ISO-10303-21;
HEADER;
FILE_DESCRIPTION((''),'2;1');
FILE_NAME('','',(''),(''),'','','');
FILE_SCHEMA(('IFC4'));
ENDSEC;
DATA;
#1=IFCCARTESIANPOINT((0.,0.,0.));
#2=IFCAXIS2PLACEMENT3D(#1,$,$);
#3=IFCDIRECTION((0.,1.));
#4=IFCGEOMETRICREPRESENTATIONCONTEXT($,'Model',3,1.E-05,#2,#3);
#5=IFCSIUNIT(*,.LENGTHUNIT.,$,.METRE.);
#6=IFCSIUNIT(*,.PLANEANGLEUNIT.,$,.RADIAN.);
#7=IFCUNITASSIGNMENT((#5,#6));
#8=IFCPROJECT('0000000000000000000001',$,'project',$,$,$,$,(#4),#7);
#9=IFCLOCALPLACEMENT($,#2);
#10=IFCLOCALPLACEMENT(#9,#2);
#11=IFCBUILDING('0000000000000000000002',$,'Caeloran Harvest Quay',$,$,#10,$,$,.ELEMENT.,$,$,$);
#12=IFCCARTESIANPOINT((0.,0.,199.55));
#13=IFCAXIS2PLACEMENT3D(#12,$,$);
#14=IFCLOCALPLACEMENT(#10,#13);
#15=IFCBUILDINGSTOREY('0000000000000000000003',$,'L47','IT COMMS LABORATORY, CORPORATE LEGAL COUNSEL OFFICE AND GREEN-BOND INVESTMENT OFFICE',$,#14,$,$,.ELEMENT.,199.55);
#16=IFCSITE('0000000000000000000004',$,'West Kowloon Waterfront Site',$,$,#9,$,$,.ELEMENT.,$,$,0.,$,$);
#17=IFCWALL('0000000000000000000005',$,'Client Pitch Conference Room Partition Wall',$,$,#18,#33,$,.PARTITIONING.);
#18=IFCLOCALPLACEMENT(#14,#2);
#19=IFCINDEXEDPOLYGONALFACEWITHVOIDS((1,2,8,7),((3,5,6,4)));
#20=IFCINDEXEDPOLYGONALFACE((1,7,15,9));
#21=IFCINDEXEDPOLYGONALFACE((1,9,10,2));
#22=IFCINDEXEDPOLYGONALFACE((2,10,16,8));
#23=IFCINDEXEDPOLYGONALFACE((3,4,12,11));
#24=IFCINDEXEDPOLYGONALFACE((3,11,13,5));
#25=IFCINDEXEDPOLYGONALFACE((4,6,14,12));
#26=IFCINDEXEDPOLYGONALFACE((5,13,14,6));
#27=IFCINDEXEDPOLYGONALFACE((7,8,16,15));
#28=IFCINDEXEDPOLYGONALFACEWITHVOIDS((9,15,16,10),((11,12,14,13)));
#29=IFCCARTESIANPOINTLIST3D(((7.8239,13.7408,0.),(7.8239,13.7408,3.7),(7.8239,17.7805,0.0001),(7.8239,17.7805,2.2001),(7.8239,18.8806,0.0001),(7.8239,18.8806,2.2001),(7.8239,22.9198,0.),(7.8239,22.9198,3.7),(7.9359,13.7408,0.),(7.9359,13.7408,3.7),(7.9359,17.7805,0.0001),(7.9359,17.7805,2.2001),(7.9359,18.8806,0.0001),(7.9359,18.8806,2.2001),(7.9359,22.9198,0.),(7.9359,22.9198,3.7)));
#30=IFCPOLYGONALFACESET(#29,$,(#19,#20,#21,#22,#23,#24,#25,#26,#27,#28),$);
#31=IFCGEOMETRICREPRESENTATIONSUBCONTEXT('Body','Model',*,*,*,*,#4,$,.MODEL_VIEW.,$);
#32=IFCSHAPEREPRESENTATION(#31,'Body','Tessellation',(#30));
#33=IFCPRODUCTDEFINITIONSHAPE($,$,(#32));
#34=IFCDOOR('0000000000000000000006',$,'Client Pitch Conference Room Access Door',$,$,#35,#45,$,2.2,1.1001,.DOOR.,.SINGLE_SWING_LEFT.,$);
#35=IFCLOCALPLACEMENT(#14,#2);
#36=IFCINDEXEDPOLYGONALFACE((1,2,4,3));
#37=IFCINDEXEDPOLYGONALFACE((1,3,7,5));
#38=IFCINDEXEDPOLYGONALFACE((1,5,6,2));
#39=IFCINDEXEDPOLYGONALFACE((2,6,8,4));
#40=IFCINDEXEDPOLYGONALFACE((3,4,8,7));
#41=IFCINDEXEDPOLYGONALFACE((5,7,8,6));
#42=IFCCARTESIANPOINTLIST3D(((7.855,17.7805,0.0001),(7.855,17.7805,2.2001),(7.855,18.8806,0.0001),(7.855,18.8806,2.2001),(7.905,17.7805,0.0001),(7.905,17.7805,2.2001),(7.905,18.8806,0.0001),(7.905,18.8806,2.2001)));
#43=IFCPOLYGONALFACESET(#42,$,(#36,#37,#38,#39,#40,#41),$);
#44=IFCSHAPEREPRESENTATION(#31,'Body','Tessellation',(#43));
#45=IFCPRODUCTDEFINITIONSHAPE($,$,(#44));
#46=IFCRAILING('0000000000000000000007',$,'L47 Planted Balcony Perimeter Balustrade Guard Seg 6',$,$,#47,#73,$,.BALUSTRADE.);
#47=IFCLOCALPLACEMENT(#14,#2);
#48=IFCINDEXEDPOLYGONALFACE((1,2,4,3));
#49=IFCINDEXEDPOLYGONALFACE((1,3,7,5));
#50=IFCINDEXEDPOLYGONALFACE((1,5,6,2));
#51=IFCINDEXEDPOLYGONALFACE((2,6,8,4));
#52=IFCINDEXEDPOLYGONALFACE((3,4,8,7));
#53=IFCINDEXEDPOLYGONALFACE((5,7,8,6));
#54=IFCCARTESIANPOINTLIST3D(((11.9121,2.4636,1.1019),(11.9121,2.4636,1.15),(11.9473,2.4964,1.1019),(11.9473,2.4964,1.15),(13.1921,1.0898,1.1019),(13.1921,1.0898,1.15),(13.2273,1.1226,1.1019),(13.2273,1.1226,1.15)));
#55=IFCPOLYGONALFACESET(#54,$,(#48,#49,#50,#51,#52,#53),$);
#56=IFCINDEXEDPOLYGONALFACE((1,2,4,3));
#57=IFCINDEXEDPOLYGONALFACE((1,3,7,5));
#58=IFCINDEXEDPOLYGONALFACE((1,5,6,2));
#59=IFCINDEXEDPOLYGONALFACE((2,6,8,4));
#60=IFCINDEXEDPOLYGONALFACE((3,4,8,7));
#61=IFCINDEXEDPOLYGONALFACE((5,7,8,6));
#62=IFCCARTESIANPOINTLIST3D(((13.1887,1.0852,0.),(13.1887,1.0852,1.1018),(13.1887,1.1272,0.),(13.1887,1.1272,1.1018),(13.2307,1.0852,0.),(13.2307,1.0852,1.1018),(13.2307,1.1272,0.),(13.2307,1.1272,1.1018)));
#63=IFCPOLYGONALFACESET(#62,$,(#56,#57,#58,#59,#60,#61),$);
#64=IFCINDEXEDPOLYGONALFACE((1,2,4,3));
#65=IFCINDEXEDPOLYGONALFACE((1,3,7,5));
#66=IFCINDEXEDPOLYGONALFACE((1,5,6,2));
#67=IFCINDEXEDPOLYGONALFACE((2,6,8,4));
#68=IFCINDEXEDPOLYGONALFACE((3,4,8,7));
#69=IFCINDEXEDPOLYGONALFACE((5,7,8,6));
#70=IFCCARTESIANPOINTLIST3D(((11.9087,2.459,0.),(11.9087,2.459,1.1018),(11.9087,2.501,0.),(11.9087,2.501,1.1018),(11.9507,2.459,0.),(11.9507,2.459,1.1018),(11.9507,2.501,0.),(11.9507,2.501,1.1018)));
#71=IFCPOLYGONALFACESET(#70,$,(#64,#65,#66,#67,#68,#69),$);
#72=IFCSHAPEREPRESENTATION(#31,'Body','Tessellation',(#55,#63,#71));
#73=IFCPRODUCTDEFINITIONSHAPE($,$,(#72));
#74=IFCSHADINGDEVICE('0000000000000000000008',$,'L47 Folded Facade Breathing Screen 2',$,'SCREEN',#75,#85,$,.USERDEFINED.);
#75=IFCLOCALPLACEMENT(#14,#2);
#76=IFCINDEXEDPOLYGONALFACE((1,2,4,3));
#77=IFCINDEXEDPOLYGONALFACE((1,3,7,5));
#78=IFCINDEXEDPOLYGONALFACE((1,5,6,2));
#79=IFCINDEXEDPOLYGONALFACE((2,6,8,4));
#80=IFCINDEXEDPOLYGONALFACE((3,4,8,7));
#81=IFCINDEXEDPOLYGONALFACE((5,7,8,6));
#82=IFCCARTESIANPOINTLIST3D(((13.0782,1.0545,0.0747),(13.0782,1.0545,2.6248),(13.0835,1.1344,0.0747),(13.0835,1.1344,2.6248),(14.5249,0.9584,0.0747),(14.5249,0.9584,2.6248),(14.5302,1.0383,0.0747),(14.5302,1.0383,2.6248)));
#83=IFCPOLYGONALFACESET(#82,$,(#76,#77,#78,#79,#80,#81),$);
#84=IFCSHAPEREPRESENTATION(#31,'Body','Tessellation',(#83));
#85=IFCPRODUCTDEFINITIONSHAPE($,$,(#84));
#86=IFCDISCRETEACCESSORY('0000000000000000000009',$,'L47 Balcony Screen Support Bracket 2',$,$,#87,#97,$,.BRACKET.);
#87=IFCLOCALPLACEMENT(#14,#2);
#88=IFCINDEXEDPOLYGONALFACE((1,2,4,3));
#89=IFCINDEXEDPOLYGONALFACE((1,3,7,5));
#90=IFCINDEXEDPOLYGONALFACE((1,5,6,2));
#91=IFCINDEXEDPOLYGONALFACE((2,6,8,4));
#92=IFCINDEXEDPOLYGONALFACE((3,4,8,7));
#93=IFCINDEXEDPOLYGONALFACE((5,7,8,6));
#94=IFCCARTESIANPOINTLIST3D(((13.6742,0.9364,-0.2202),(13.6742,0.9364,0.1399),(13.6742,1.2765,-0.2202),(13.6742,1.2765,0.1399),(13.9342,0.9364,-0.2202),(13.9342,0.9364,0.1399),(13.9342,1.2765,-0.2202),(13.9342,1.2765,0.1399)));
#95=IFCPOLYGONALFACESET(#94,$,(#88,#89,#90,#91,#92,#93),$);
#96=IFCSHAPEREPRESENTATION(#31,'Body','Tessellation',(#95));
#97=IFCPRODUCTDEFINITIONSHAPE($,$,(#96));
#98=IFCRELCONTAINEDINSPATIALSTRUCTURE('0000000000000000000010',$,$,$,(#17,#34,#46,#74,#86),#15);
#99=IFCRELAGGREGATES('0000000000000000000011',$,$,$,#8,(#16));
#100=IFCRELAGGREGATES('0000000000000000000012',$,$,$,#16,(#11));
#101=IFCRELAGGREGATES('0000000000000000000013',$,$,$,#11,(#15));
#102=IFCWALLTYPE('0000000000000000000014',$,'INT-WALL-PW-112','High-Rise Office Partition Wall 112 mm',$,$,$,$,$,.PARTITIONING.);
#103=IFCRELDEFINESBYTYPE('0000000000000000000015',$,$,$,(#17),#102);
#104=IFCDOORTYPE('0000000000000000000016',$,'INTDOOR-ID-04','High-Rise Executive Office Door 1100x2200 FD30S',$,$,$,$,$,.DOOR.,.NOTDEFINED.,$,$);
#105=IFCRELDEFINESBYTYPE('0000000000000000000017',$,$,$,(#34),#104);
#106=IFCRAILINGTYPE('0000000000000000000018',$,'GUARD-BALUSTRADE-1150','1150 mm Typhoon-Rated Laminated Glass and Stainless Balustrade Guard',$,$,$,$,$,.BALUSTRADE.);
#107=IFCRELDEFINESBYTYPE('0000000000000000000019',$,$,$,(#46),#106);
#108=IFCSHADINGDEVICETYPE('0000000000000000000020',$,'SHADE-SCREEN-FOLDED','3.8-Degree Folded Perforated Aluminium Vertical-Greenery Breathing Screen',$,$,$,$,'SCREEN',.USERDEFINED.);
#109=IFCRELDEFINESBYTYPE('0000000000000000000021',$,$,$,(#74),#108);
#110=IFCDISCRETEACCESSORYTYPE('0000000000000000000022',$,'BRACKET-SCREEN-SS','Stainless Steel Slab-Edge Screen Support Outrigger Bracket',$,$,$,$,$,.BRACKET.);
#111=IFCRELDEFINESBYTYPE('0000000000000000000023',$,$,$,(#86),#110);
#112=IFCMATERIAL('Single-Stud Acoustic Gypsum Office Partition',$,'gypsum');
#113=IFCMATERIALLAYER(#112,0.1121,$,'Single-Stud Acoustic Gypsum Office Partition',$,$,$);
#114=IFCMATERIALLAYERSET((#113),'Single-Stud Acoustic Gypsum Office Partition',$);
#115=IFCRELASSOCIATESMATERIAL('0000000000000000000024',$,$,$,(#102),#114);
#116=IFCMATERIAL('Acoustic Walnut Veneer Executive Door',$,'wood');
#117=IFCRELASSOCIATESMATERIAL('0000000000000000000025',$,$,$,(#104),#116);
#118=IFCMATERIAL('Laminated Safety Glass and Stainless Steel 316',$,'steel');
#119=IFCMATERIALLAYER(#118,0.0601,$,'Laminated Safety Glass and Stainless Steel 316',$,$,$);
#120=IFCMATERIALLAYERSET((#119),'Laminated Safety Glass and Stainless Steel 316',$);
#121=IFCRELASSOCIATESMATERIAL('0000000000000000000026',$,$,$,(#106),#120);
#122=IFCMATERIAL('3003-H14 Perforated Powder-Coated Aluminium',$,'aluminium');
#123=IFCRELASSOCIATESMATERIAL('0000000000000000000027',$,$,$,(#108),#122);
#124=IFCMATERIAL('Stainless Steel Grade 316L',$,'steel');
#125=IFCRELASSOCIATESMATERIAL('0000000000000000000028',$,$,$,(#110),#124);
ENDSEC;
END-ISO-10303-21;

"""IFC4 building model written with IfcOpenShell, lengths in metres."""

from ifc_helpers import new_model, si_unit, direction, frame, frame_2d, origin, origin_2d, place, context, subcontext, project, spatial, rectangle, extrude, material, layer, layer_set, type_object, element, fill, save


model = new_model("IFC4")

# Units and contexts
model_context = context("Model", 3, precision=1e-05, world=origin(), true_north=direction((0.0, 1.0)))
body_context = subcontext(model_context, "Body", "Model", "MODEL_VIEW")
ifc_project = project(units=[si_unit("LENGTHUNIT", "METRE"), si_unit("PLANEANGLEUNIT", "RADIAN")], contexts=[model_context])

# Site, building, storey
site_placement = place(None, origin())
site = spatial("IfcSite", under=ifc_project, at=site_placement, Name="West Kowloon Waterfront Site", CompositionType="ELEMENT", RefElevation=0.0)
building_placement = place(site_placement, origin())
building = spatial("IfcBuilding", under=site, at=building_placement, Name="Caeloran Harvest Quay", CompositionType="ELEMENT")
storey_placement = place(building_placement, frame((0.0, 0.0, 199.55)))
storey = spatial("IfcBuildingStorey", under=building, at=storey_placement, Name="L47", Description="IT COMMS LABORATORY, CORPORATE LEGAL COUNSEL OFFICE AND GREEN-BOND INVESTMENT OFFICE", CompositionType="ELEMENT", Elevation=199.55)

# Shared definitions
ifc_material_1 = material(Name="Single-Stud Acoustic Gypsum Office Partition", Category="gypsum")
ifc_layer_1 = layer(ifc_material_1, 0.1121, Name="Single-Stud Acoustic Gypsum Office Partition")
ifc_layer_set_1 = layer_set([ifc_layer_1], Name="Single-Stud Acoustic Gypsum Office Partition")
wall_type_1 = type_object("IfcWallType", Name="INT-WALL-PW-112", Description="High-Rise Office Partition Wall 112 mm", PredefinedType="PARTITIONING", material=ifc_layer_set_1)

# Shared definitions
ifc_material_2 = material(Name="Acoustic Walnut Veneer Executive Door", Category="wood")
door_type = type_object("IfcDoorType", Name="INTDOOR-ID-04", Description="High-Rise Executive Office Door 1100x2200 FD30S", OperationType="NOTDEFINED", PredefinedType="DOOR", material=ifc_material_2)

# Wall, opening, door
wall_1_placement = place(storey_placement, frame((7.8799, 13.741, 0.0), z_axis=(0.0, 0.0, 1.0), x_axis=(0.0, 1.0, 0.0)))
wall_1 = element("IfcWall", 1, at=wall_1_placement, inside=storey, type_object=wall_type_1, Name="Client Pitch Conference Room Partition Wall", PredefinedType="PARTITIONING", context=body_context, shape_type="SweptSolid", body=[
    extrude(rectangle(XDim=9.179, YDim=0.1121, at=frame_2d((4.5894, 0.0))), origin(), (0.0, 0.0, 1.0), 3.7),
])
opening_1_placement = place(wall_1_placement, frame((4.0396, 0.0, 0.0)))
opening_1 = element("IfcOpeningElement", 2, at=opening_1_placement, cuts=wall_1, PredefinedType="OPENING", context=body_context, shape_type="SweptSolid", body=[
    extrude(rectangle(XDim=1.1001, YDim=2.2, at=frame_2d((0.55, 1.1001))), frame((0.0, 0.0659, 0.0), z_axis=(0.0, -1.0, 0.0), x_axis=(1.0, 0.0, 0.0)), (0.0, 0.0, 1.0), 0.1321),
])
door_1_placement = place(opening_1_placement, origin())
door_1 = element("IfcDoor", 3, at=door_1_placement, inside=storey, type_object=door_type, Name="Client Pitch Conference Room Access Door", OperationType="SINGLE_SWING_LEFT", OverallHeight=2.2, OverallWidth=1.1001, PredefinedType="DOOR", context=body_context, shape_type="SweptSolid", body=[
    extrude(rectangle(XDim=1.1001, YDim=2.2, at=frame_2d((0.55, 1.1001))), frame((0.0, 0.0249, 0.0), z_axis=(0.0, -1.0, 0.0), x_axis=(1.0, 0.0, 0.0)), (0.0, 0.0, 1.0), 0.05),
])
fill(opening_1, door_1)

# Railing
ifc_material_3 = material(Name="Laminated Safety Glass and Stainless Steel 316", Category="steel")
ifc_layer_2 = layer(ifc_material_3, 0.0601, Name="Laminated Safety Glass and Stainless Steel 316")
ifc_layer_set_2 = layer_set([ifc_layer_2], Name="Laminated Safety Glass and Stainless Steel 316")
railing_type = type_object("IfcRailingType", Name="GUARD-BALUSTRADE-1150", Description="1150 mm Typhoon-Rated Laminated Glass and Stainless Balustrade Guard", PredefinedType="BALUSTRADE", material=ifc_layer_set_2)
railing_placement = place(storey_placement, frame((13.2097, 1.1062, 0.0)))
element("IfcRailing", 4, at=railing_placement, inside=storey, type_object=railing_type, Name="L47 Planted Balcony Perimeter Balustrade Guard Seg 6", PredefinedType="BALUSTRADE", context=body_context, shape_type="SweptSolid", body=[
    extrude(rectangle(XDim=0.0481, YDim=0.0481, at=origin_2d()), frame((0.0, 0.0, 1.126), z_axis=(-0.681702, 0.73163, 0.0), x_axis=(-0.73163, -0.681702, 0.0)), (0.0, 0.0, 1.0), 1.8777),
    extrude(rectangle(XDim=0.042, YDim=0.042, at=origin_2d()), origin(), (0.0, 0.0, 1.0), 1.1018),
    extrude(rectangle(XDim=0.042, YDim=0.042, at=origin_2d()), frame((-1.28, 1.3738, 0.0)), (0.0, 0.0, 1.0), 1.1018),
])

# Shading device
ifc_material_4 = material(Name="3003-H14 Perforated Powder-Coated Aluminium", Category="aluminium")
shading_device_type = type_object("IfcShadingDeviceType", Name="SHADE-SCREEN-FOLDED", Description="3.8-Degree Folded Perforated Aluminium Vertical-Greenery Breathing Screen", ElementType="SCREEN", PredefinedType="USERDEFINED", material=ifc_material_4)
shading_device_placement = place(storey_placement, frame((13.8042, 1.0464, 0.0747), z_axis=(0.0, 0.0, 1.0), x_axis=(0.997801, -0.066274, 0.0)))
element("IfcShadingDevice", 5, at=shading_device_placement, inside=storey, type_object=shading_device_type, Name="L47 Folded Facade Breathing Screen 2", ObjectType="SCREEN", PredefinedType="USERDEFINED", context=body_context, shape_type="SweptSolid", body=[
    extrude(rectangle(XDim=1.45, YDim=0.0801, at=origin_2d()), origin(), (0.0, 0.0, 1.0), 2.55),
])

# Discrete accessory
ifc_material_5 = material(Name="Stainless Steel Grade 316L", Category="steel")
discrete_accessory_type = type_object("IfcDiscreteAccessoryType", Name="BRACKET-SCREEN-SS", Description="Stainless Steel Slab-Edge Screen Support Outrigger Bracket", PredefinedType="BRACKET", material=ifc_material_5)
discrete_accessory_placement = place(storey_placement, frame((13.8042, 1.1064, -0.2202), z_axis=(0.0, 0.0, 1.0), x_axis=(1.0, 0.0, 0.0)))
element("IfcDiscreteAccessory", 6, at=discrete_accessory_placement, inside=storey, type_object=discrete_accessory_type, Name="L47 Balcony Screen Support Bracket 2", PredefinedType="BRACKET", context=body_context, shape_type="SweptSolid", body=[
    extrude(rectangle(XDim=0.26, YDim=0.3401, at=origin_2d()), origin(), (0.0, 0.0, 1.0), 0.3601),
])

save(model, "model.ifc")
